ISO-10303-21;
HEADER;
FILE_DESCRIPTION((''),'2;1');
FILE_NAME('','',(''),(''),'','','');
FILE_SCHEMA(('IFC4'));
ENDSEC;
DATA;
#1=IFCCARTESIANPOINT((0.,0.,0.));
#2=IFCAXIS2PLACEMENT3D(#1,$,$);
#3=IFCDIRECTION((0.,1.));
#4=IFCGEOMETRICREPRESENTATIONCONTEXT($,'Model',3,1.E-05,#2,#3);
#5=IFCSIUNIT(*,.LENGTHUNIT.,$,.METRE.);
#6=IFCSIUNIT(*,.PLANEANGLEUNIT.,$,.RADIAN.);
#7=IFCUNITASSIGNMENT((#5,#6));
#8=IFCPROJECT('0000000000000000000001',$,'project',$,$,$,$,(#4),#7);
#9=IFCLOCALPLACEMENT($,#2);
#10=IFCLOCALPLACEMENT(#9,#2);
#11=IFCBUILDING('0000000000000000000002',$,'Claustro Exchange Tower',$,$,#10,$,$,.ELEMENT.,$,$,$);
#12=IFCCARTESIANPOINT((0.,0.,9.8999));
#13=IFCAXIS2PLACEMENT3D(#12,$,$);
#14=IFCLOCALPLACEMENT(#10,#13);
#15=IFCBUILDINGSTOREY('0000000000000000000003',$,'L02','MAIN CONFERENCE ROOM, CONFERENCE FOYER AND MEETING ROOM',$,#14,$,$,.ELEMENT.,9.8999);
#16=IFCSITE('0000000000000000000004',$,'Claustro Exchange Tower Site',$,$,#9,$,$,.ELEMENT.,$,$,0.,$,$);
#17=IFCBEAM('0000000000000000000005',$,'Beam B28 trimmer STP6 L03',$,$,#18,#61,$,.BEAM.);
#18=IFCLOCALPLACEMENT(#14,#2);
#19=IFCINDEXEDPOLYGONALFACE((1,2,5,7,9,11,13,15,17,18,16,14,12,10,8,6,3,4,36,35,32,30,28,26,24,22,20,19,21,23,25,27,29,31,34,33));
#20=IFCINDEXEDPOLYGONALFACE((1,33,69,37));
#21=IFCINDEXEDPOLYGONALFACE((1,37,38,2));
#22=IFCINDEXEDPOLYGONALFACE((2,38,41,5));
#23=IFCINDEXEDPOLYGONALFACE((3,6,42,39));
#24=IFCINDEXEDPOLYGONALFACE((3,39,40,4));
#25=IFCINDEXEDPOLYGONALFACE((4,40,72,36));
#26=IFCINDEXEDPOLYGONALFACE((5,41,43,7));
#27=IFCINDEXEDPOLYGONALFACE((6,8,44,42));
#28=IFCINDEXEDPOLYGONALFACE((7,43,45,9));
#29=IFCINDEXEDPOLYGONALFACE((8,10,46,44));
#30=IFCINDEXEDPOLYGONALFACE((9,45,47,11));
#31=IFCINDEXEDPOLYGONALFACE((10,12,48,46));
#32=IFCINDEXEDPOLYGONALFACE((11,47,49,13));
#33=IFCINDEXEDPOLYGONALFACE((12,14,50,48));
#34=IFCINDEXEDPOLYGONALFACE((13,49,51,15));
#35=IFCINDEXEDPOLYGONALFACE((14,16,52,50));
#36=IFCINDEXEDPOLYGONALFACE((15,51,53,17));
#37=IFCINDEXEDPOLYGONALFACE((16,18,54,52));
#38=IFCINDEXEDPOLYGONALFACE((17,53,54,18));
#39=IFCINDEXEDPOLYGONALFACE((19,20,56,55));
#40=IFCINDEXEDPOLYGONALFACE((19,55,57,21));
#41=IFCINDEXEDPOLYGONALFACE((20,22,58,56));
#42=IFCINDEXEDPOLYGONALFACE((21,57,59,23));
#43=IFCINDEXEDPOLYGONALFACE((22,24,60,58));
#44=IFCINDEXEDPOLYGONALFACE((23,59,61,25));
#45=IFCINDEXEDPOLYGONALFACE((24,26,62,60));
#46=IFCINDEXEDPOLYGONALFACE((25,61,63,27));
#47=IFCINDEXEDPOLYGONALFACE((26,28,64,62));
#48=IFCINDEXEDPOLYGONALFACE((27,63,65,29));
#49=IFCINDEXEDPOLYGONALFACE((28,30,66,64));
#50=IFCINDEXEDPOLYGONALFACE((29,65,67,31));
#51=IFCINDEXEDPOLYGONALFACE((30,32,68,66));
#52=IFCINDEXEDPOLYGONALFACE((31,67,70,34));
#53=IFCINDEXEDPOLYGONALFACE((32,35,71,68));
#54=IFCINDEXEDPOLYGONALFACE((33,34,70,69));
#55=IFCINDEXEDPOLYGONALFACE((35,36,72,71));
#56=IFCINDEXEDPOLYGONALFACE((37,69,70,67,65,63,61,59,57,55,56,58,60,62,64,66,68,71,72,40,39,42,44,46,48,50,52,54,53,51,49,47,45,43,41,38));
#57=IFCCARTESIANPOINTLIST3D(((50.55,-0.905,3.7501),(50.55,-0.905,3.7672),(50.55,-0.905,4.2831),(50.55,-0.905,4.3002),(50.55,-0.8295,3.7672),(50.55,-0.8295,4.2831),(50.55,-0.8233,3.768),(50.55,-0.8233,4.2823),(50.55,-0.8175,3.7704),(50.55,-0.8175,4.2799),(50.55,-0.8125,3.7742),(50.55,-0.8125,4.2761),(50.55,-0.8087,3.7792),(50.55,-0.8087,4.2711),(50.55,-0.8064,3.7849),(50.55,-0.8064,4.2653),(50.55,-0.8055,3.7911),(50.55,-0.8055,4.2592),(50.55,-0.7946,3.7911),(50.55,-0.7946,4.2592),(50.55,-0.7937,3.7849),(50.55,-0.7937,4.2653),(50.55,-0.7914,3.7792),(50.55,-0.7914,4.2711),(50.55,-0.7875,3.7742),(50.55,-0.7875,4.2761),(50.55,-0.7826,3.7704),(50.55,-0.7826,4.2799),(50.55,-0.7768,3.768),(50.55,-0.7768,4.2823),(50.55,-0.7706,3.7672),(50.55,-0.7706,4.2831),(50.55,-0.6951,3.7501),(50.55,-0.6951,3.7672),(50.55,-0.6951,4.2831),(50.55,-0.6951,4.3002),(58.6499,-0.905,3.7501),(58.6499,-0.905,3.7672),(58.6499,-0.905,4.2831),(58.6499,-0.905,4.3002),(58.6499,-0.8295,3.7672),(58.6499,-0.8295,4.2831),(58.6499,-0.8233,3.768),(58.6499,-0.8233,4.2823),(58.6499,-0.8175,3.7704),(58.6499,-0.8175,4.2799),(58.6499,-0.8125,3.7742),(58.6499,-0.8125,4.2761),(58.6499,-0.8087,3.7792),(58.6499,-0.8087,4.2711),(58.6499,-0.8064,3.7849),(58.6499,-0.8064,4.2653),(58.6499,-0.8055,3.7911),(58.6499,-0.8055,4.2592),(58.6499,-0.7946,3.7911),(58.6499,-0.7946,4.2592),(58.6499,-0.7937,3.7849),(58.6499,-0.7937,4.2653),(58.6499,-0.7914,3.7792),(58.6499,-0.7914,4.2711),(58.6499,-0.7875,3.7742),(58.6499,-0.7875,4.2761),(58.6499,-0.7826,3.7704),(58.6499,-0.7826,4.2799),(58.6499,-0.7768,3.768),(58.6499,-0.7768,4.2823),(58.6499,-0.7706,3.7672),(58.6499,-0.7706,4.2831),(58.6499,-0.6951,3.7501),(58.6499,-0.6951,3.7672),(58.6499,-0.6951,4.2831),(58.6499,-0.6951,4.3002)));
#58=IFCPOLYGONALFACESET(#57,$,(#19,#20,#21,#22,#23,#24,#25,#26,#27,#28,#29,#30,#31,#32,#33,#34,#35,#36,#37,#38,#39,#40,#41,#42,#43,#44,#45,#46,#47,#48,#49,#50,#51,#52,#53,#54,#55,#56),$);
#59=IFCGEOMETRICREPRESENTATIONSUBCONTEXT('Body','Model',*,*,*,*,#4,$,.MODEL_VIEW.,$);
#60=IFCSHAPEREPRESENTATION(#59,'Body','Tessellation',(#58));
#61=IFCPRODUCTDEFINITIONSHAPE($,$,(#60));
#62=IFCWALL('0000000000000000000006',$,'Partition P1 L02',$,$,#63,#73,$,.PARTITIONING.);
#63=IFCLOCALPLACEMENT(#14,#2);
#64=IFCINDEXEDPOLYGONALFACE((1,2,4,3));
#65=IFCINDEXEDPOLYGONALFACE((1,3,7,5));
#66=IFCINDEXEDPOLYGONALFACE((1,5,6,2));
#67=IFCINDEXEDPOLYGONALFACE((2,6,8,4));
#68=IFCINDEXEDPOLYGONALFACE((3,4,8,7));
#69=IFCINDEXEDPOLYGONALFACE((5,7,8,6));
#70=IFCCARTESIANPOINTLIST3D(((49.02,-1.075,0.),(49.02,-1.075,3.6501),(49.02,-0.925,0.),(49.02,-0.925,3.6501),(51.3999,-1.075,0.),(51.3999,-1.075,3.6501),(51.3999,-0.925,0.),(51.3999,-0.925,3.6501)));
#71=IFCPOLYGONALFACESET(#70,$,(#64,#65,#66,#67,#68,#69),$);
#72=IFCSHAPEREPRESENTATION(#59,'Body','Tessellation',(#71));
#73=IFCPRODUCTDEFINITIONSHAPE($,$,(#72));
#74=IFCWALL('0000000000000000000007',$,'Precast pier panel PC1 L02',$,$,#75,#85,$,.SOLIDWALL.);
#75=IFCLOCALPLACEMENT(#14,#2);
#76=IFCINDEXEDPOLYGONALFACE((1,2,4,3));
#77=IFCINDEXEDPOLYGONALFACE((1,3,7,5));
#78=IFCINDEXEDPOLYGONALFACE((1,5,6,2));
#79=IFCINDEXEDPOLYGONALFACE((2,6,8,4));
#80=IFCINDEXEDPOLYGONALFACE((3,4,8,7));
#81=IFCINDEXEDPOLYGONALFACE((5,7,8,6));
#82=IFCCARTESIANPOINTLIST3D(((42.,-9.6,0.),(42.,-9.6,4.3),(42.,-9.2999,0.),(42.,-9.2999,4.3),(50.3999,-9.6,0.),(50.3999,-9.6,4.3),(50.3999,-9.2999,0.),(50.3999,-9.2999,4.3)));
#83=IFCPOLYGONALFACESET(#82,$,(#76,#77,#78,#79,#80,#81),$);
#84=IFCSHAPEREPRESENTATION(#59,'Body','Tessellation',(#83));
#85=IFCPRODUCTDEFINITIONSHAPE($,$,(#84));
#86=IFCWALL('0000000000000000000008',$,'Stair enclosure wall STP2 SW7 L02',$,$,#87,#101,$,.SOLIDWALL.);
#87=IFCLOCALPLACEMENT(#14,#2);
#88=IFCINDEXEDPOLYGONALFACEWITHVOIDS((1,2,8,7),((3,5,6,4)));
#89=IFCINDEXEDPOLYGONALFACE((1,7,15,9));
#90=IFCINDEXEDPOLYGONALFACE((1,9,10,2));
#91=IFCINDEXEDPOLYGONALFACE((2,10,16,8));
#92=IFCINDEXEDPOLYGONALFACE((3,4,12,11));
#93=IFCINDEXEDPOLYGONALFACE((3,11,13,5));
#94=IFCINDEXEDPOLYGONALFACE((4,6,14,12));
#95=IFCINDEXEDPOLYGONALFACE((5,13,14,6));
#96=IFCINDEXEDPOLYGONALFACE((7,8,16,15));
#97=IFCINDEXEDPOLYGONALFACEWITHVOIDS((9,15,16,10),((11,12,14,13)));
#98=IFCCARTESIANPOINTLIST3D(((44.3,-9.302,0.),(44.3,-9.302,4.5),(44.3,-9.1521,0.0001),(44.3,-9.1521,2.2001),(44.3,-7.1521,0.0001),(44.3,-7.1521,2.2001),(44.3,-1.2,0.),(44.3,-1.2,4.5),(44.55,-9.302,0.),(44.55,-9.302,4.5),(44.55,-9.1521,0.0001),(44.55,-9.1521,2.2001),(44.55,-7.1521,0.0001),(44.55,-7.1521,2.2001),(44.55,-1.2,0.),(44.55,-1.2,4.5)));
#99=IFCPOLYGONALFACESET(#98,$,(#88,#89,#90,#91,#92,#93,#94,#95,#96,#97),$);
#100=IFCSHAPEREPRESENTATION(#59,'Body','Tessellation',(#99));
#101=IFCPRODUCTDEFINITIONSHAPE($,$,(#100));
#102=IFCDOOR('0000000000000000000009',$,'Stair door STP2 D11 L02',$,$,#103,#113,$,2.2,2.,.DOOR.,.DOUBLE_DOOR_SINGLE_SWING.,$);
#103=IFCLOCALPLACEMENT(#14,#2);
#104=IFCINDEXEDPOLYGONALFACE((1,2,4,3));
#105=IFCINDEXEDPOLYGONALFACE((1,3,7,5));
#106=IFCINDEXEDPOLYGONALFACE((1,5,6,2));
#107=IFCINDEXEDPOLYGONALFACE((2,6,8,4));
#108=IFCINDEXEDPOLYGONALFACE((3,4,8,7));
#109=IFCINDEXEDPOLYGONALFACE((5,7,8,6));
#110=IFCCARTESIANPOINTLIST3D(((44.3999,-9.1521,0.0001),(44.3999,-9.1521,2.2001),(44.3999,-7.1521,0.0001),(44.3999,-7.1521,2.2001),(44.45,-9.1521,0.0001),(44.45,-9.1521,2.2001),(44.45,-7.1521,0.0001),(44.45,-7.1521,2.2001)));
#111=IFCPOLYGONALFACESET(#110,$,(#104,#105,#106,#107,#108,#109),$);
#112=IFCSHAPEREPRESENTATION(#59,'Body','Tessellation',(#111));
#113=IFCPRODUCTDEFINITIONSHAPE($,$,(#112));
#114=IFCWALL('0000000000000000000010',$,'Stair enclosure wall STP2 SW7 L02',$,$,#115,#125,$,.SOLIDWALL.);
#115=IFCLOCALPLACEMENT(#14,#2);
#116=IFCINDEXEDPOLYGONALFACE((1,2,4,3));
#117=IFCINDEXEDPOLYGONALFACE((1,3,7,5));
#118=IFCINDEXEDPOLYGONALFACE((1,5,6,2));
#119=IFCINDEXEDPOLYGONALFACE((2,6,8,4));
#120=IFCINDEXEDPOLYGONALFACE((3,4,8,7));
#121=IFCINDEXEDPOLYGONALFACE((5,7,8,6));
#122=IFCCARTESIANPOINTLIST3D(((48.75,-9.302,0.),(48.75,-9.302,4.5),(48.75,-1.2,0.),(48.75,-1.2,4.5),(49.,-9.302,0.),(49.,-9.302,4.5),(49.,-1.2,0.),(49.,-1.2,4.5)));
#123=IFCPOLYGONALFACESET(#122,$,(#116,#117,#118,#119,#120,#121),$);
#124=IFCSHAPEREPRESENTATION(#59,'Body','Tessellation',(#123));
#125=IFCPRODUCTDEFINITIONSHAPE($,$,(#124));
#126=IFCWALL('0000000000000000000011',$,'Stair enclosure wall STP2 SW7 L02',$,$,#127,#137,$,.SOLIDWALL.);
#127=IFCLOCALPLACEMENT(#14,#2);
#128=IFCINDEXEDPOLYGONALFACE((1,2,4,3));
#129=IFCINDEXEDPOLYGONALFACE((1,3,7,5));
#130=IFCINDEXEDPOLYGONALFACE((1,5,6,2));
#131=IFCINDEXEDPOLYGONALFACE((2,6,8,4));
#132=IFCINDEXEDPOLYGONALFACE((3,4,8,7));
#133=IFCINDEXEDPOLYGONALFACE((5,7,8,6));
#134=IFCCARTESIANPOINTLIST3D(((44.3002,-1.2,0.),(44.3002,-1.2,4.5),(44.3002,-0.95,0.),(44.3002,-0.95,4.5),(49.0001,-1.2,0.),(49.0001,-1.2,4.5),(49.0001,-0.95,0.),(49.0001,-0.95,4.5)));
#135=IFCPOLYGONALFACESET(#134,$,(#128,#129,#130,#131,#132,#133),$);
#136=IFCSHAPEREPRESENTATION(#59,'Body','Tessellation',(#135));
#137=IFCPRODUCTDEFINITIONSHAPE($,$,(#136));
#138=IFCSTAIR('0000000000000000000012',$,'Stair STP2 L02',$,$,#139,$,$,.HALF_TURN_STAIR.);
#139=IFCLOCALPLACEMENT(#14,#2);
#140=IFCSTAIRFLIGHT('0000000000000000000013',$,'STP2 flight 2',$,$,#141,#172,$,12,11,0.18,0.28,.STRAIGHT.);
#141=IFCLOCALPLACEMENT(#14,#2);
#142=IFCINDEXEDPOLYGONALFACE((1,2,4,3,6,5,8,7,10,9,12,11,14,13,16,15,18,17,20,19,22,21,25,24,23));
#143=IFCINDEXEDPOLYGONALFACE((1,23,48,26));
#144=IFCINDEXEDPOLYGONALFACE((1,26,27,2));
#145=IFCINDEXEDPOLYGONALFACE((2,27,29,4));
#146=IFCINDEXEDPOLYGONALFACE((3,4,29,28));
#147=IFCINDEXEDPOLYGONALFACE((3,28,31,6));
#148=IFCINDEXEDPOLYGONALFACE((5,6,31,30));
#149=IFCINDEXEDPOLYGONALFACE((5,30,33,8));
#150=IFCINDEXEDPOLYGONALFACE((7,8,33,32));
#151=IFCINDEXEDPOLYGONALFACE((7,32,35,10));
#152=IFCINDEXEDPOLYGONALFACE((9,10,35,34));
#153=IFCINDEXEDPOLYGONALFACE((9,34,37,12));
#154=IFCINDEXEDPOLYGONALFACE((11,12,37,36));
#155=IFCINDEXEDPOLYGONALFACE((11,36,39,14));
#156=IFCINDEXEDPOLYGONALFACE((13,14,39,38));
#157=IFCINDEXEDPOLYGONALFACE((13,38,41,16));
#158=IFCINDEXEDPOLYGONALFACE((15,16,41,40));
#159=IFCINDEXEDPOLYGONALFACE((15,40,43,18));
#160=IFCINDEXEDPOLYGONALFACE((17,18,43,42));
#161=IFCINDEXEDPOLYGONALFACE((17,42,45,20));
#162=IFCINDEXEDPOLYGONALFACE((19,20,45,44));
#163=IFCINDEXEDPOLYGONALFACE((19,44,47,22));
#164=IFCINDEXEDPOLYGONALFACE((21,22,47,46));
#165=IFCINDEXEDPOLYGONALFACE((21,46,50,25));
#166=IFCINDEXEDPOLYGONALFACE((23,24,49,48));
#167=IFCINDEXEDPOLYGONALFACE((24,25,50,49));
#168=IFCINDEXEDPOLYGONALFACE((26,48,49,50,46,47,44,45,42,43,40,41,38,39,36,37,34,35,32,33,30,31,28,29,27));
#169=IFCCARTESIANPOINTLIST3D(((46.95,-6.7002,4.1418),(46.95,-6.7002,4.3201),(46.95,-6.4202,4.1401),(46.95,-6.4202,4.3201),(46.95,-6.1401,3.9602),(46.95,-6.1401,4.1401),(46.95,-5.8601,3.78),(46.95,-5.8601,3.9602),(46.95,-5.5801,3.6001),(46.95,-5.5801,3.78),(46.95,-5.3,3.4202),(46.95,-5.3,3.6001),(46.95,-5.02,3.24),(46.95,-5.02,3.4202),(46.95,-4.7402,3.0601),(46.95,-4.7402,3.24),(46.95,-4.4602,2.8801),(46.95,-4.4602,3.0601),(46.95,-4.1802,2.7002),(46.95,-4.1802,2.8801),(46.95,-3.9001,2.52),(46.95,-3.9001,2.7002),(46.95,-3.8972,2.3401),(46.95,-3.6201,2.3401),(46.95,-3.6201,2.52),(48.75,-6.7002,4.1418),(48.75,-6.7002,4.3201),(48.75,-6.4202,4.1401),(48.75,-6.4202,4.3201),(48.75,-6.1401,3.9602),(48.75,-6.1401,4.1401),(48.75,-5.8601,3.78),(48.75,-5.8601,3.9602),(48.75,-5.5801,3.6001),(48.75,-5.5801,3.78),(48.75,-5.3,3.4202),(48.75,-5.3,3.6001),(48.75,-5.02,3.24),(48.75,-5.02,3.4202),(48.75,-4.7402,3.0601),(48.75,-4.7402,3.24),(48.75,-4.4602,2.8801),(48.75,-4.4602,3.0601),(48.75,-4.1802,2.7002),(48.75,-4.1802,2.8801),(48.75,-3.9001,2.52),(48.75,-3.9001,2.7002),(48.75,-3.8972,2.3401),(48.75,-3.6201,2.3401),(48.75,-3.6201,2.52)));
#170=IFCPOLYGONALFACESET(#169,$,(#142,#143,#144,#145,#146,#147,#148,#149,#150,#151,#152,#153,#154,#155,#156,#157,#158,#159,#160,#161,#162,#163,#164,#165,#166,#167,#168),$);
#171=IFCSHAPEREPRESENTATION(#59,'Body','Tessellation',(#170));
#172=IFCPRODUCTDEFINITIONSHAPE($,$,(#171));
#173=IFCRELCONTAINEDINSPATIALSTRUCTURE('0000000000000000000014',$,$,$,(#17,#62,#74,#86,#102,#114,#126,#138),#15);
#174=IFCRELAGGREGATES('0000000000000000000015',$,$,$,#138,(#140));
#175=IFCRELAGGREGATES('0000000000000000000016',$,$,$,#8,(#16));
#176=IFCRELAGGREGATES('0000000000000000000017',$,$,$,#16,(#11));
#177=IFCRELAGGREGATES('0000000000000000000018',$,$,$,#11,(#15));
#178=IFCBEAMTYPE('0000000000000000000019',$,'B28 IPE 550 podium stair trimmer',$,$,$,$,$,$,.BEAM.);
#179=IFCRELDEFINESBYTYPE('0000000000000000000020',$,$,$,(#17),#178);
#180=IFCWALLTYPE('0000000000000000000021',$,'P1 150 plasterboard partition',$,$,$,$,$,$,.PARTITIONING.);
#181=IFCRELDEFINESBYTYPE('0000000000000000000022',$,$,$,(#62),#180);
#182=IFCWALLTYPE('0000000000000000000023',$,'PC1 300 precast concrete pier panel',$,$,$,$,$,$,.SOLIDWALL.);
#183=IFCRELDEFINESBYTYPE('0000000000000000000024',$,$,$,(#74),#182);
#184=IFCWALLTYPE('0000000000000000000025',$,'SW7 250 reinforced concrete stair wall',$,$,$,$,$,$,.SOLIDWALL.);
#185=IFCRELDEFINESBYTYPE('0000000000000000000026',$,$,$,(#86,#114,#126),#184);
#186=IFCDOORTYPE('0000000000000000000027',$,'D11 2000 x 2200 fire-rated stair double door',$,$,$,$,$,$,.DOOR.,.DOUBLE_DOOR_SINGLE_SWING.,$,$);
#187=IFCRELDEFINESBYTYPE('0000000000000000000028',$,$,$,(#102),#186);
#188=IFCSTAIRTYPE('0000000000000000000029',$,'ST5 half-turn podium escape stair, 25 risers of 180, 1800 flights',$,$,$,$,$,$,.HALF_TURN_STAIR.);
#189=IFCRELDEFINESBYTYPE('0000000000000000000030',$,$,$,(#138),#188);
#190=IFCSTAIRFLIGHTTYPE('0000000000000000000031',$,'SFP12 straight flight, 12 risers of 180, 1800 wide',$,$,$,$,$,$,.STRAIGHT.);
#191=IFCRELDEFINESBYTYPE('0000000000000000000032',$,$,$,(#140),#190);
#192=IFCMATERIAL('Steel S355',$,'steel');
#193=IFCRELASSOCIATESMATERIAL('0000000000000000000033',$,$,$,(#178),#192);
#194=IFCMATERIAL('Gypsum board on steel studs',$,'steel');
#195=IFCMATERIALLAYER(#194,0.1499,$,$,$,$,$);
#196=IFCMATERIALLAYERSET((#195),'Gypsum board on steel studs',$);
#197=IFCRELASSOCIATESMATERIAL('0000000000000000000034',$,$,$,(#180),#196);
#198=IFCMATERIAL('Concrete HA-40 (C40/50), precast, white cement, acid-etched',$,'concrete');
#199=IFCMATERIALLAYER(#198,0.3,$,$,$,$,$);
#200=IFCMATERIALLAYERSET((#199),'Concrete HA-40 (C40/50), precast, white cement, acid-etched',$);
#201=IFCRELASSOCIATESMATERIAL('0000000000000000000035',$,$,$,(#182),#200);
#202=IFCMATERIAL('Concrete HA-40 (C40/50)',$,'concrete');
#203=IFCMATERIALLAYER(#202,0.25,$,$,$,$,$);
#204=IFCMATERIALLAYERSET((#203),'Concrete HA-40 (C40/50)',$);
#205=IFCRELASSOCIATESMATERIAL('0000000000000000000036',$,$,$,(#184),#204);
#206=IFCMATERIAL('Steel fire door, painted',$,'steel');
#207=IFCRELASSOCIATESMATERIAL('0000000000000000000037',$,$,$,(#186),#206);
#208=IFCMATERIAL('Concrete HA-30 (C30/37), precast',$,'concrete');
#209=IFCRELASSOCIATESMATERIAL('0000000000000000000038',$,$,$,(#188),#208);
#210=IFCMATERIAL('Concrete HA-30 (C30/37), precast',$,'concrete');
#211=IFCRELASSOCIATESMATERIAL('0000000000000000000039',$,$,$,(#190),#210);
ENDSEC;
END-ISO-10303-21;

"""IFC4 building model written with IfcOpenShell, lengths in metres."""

from ifc_helpers import new_model, si_unit, direction, frame, frame_2d, origin, origin_2d, place, context, subcontext, project, spatial, polyline, rectangle, i_section, outline, extrude, material, layer, layer_set, material_profile, profile_set, type_object, element, fill, aggregate, save


model = new_model("IFC4")

# Units and contexts
model_context = context("Model", 3, precision=1e-05, world=origin(), true_north=direction((0.0, 1.0)))
body_context = subcontext(model_context, "Body", "Model", "MODEL_VIEW")
ifc_project = project(units=[si_unit("LENGTHUNIT", "METRE"), si_unit("PLANEANGLEUNIT", "RADIAN")], contexts=[model_context])

# Site, building, storey
site_placement = place(None, origin())
site = spatial("IfcSite", under=ifc_project, at=site_placement, Name="Claustro Exchange Tower Site", CompositionType="ELEMENT", RefElevation=0.0)
building_placement = place(site_placement, origin())
building = spatial("IfcBuilding", under=site, at=building_placement, Name="Claustro Exchange Tower", CompositionType="ELEMENT")
storey_placement = place(building_placement, frame((0.0, 0.0, 9.8999)))
storey = spatial("IfcBuildingStorey", under=building, at=storey_placement, Name="L02", Description="MAIN CONFERENCE ROOM, CONFERENCE FOYER AND MEETING ROOM", CompositionType="ELEMENT", Elevation=9.8999)

# Beam
ifc_material_1 = material(Name="Steel S355", Category="steel")
ifc_material_profile_1 = material_profile(ifc_material_1, i_section(OverallWidth=0.21, OverallDepth=0.55, WebThickness=0.011, FlangeThickness=0.0171, FilletRadius=0.0239, at=origin_2d()), Name="IPE 550")
ifc_profile_set_1 = profile_set([ifc_material_profile_1], Name="Steel S355")
beam_type_1 = type_object("IfcBeamType", Name="B28 IPE 550 podium stair trimmer", PredefinedType="BEAM", material=ifc_profile_set_1)
beam_1_placement = place(storey_placement, frame((50.55, -0.8, 4.0251), z_axis=(1.0, 0.0, 0.0), x_axis=(0.0, 1.0, 0.0)))
element("IfcBeam", 1, at=beam_1_placement, inside=storey, type_object=beam_type_1, Name="Beam B28 trimmer STP6 L03", PredefinedType="BEAM", context=body_context, shape_type="SweptSolid", body=[
    extrude(i_section(OverallWidth=0.21, OverallDepth=0.55, WebThickness=0.011, FlangeThickness=0.0171, FilletRadius=0.0239, at=origin_2d()), origin(), (0.0, 0.0, 1.0), 8.0999),
])

# Walls
ifc_material_2 = material(Name="Gypsum board on steel studs", Category="steel")
ifc_layer_1 = layer(ifc_material_2, 0.1499)
ifc_layer_set_1 = layer_set([ifc_layer_1], Name="Gypsum board on steel studs")
wall_type_1 = type_object("IfcWallType", Name="P1 150 plasterboard partition", PredefinedType="PARTITIONING", material=ifc_layer_set_1)
wall_1_placement = place(storey_placement, frame((49.02, -1.0, 0.0), z_axis=(0.0, 0.0, 1.0), x_axis=(1.0, 0.0, 0.0)))
element("IfcWall", 2, at=wall_1_placement, inside=storey, type_object=wall_type_1, Name="Partition P1 L02", PredefinedType="PARTITIONING", context=body_context, shape_type="SweptSolid", body=[
    extrude(rectangle(XDim=2.3799, YDim=0.1499, at=frame_2d((1.1899, 0.0))), origin(), (0.0, 0.0, 1.0), 3.6501),
])
ifc_material_3 = material(Name="Concrete HA-40 (C40/50), precast, white cement, acid-etched", Category="concrete")
ifc_layer_2 = layer(ifc_material_3, 0.3)
ifc_layer_set_2 = layer_set([ifc_layer_2], Name="Concrete HA-40 (C40/50), precast, white cement, acid-etched")
wall_type_2 = type_object("IfcWallType", Name="PC1 300 precast concrete pier panel", PredefinedType="SOLIDWALL", material=ifc_layer_set_2)
wall_2_placement = place(storey_placement, frame((50.3999, -9.45, 0.0), z_axis=(0.0, 0.0, 1.0), x_axis=(-1.0, 0.0, 0.0)))
element("IfcWall", 3, at=wall_2_placement, inside=storey, type_object=wall_type_2, Name="Precast pier panel PC1 L02", PredefinedType="SOLIDWALL", context=body_context, shape_type="SweptSolid", body=[
    extrude(rectangle(XDim=8.3999, YDim=0.3, at=frame_2d((4.2, 0.0))), origin(), (0.0, 0.0, 1.0), 4.3),
])

# Wall, opening, door
ifc_material_4 = material(Name="Concrete HA-40 (C40/50)", Category="concrete")
ifc_layer_3 = layer(ifc_material_4, 0.25)
ifc_layer_set_3 = layer_set([ifc_layer_3], Name="Concrete HA-40 (C40/50)")
wall_type_3 = type_object("IfcWallType", Name="SW7 250 reinforced concrete stair wall", PredefinedType="SOLIDWALL", material=ifc_layer_set_3)
wall_3_placement = place(storey_placement, frame((44.425, -9.302, 0.0), z_axis=(0.0, 0.0, 1.0), x_axis=(0.0, 1.0, 0.0)))
wall_3 = element("IfcWall", 4, at=wall_3_placement, inside=storey, type_object=wall_type_3, Name="Stair enclosure wall STP2 SW7 L02", PredefinedType="SOLIDWALL", context=body_context, shape_type="SweptSolid", body=[
    extrude(rectangle(XDim=8.1021, YDim=0.25, at=frame_2d((4.051, 0.0))), origin(), (0.0, 0.0, 1.0), 4.5),
])
opening_placement = place(wall_3_placement, frame((0.1499, 0.0, 0.0)))
opening = element("IfcOpeningElement", 5, at=opening_placement, cuts=wall_3, PredefinedType="OPENING", context=body_context, shape_type="SweptSolid", body=[
    extrude(rectangle(XDim=2.0, YDim=2.2, at=frame_2d((1.0, 1.1001))), frame((0.0, 0.135, 0.0), z_axis=(0.0, -1.0, 0.0), x_axis=(1.0, 0.0, 0.0)), (0.0, 0.0, 1.0), 0.27),
])
ifc_material_5 = material(Name="Steel fire door, painted", Category="steel")
door_type = type_object("IfcDoorType", Name="D11 2000 x 2200 fire-rated stair double door", OperationType="DOUBLE_DOOR_SINGLE_SWING", PredefinedType="DOOR", material=ifc_material_5)
door_placement = place(opening_placement, frame((2.0, 0.0, 0.0), z_axis=(0.0, 0.0, 1.0), x_axis=(-1.0, 0.0, 0.0)))
door = element("IfcDoor", 6, at=door_placement, inside=storey, type_object=door_type, Name="Stair door STP2 D11 L02", OperationType="DOUBLE_DOOR_SINGLE_SWING", OverallHeight=2.2, OverallWidth=2.0, PredefinedType="DOOR", context=body_context, shape_type="SweptSolid", body=[
    extrude(rectangle(XDim=2.0, YDim=2.2, at=frame_2d((1.0, 1.1001))), frame((0.0, 0.0249, 0.0), z_axis=(0.0, -1.0, 0.0), x_axis=(1.0, 0.0, 0.0)), (0.0, 0.0, 1.0), 0.05),
])
fill(opening, door)

# Walls
wall_4_placement = place(storey_placement, frame((48.875, -9.302, 0.0), z_axis=(0.0, 0.0, 1.0), x_axis=(0.0, 1.0, 0.0)))
element("IfcWall", 7, at=wall_4_placement, inside=storey, type_object=wall_type_3, Name="Stair enclosure wall STP2 SW7 L02", PredefinedType="SOLIDWALL", context=body_context, shape_type="SweptSolid", body=[
    extrude(rectangle(XDim=8.1021, YDim=0.25, at=frame_2d((4.051, 0.0))), origin(), (0.0, 0.0, 1.0), 4.5),
])
wall_5_placement = place(storey_placement, frame((44.3, -1.075, 0.0), z_axis=(0.0, 0.0, 1.0), x_axis=(1.0, 0.0, 0.0)))
element("IfcWall", 8, at=wall_5_placement, inside=storey, type_object=wall_type_3, Name="Stair enclosure wall STP2 SW7 L02", PredefinedType="SOLIDWALL", context=body_context, shape_type="SweptSolid", body=[
    extrude(rectangle(XDim=4.7, YDim=0.25, at=frame_2d((2.3501, 0.0))), origin(), (0.0, 0.0, 1.0), 4.5),
])

# Stair, stair flight
ifc_material_6 = material(Name="Concrete HA-30 (C30/37), precast", Category="concrete")
stair_type = type_object("IfcStairType", Name="ST5 half-turn podium escape stair, 25 risers of 180, 1800 flights", PredefinedType="HALF_TURN_STAIR", material=ifc_material_6)
stair_placement = place(storey_placement, origin())
stair = element("IfcStair", 9, at=stair_placement, inside=storey, type_object=stair_type, Name="Stair STP2 L02", PredefinedType="HALF_TURN_STAIR")
ifc_material_7 = material(Name="Concrete HA-30 (C30/37), precast", Category="concrete")
stair_flight_type_1 = type_object("IfcStairFlightType", Name="SFP12 straight flight, 12 risers of 180, 1800 wide", PredefinedType="STRAIGHT", material=ifc_material_7)
stair_flight_1_placement = place(storey_placement, frame((47.8501, -3.6201, 2.3401), z_axis=(0.0, 0.0, 1.0), x_axis=(0.0, -1.0, 0.0)))
stair_flight_1 = element("IfcStairFlight", 10, at=stair_flight_1_placement, type_object=stair_flight_type_1, Name="STP2 flight 2", NumberOfRisers=12, NumberOfTreads=11, PredefinedType="STRAIGHT", RiserHeight=0.18, TreadLength=0.28, context=body_context, shape_type="SweptSolid", body=[
    extrude(outline(polyline([(0.0, 0.0), (0.0, 0.1799), (0.28, 0.1799), (0.28, 0.3601), (0.5601, 0.3601), (0.5601, 0.54), (0.8401, 0.54), (0.8401, 0.72), (1.1201, 0.72), (1.1201, 0.8999), (1.3999, 0.8999), (1.3999, 1.0801), (1.6799, 1.0801), (1.6799, 1.26), (1.96, 1.26), (1.96, 1.4399), (2.24, 1.4399), (2.24, 1.6201), (2.52, 1.6201), (2.52, 1.8), (2.8, 1.8), (2.8, 1.98), (3.0801, 1.98), (3.0801, 2.1599), (3.0801, 1.8018), (0.2771, 0.0), (0.0, 0.0)])), frame((0.0, 0.8999, 0.0), z_axis=(0.0, -1.0, 0.0), x_axis=(1.0, 0.0, 0.0)), (0.0, 0.0, 1.0), 1.8),
])
aggregate(stair, [stair_flight_1])

save(model, "model.ifc")
